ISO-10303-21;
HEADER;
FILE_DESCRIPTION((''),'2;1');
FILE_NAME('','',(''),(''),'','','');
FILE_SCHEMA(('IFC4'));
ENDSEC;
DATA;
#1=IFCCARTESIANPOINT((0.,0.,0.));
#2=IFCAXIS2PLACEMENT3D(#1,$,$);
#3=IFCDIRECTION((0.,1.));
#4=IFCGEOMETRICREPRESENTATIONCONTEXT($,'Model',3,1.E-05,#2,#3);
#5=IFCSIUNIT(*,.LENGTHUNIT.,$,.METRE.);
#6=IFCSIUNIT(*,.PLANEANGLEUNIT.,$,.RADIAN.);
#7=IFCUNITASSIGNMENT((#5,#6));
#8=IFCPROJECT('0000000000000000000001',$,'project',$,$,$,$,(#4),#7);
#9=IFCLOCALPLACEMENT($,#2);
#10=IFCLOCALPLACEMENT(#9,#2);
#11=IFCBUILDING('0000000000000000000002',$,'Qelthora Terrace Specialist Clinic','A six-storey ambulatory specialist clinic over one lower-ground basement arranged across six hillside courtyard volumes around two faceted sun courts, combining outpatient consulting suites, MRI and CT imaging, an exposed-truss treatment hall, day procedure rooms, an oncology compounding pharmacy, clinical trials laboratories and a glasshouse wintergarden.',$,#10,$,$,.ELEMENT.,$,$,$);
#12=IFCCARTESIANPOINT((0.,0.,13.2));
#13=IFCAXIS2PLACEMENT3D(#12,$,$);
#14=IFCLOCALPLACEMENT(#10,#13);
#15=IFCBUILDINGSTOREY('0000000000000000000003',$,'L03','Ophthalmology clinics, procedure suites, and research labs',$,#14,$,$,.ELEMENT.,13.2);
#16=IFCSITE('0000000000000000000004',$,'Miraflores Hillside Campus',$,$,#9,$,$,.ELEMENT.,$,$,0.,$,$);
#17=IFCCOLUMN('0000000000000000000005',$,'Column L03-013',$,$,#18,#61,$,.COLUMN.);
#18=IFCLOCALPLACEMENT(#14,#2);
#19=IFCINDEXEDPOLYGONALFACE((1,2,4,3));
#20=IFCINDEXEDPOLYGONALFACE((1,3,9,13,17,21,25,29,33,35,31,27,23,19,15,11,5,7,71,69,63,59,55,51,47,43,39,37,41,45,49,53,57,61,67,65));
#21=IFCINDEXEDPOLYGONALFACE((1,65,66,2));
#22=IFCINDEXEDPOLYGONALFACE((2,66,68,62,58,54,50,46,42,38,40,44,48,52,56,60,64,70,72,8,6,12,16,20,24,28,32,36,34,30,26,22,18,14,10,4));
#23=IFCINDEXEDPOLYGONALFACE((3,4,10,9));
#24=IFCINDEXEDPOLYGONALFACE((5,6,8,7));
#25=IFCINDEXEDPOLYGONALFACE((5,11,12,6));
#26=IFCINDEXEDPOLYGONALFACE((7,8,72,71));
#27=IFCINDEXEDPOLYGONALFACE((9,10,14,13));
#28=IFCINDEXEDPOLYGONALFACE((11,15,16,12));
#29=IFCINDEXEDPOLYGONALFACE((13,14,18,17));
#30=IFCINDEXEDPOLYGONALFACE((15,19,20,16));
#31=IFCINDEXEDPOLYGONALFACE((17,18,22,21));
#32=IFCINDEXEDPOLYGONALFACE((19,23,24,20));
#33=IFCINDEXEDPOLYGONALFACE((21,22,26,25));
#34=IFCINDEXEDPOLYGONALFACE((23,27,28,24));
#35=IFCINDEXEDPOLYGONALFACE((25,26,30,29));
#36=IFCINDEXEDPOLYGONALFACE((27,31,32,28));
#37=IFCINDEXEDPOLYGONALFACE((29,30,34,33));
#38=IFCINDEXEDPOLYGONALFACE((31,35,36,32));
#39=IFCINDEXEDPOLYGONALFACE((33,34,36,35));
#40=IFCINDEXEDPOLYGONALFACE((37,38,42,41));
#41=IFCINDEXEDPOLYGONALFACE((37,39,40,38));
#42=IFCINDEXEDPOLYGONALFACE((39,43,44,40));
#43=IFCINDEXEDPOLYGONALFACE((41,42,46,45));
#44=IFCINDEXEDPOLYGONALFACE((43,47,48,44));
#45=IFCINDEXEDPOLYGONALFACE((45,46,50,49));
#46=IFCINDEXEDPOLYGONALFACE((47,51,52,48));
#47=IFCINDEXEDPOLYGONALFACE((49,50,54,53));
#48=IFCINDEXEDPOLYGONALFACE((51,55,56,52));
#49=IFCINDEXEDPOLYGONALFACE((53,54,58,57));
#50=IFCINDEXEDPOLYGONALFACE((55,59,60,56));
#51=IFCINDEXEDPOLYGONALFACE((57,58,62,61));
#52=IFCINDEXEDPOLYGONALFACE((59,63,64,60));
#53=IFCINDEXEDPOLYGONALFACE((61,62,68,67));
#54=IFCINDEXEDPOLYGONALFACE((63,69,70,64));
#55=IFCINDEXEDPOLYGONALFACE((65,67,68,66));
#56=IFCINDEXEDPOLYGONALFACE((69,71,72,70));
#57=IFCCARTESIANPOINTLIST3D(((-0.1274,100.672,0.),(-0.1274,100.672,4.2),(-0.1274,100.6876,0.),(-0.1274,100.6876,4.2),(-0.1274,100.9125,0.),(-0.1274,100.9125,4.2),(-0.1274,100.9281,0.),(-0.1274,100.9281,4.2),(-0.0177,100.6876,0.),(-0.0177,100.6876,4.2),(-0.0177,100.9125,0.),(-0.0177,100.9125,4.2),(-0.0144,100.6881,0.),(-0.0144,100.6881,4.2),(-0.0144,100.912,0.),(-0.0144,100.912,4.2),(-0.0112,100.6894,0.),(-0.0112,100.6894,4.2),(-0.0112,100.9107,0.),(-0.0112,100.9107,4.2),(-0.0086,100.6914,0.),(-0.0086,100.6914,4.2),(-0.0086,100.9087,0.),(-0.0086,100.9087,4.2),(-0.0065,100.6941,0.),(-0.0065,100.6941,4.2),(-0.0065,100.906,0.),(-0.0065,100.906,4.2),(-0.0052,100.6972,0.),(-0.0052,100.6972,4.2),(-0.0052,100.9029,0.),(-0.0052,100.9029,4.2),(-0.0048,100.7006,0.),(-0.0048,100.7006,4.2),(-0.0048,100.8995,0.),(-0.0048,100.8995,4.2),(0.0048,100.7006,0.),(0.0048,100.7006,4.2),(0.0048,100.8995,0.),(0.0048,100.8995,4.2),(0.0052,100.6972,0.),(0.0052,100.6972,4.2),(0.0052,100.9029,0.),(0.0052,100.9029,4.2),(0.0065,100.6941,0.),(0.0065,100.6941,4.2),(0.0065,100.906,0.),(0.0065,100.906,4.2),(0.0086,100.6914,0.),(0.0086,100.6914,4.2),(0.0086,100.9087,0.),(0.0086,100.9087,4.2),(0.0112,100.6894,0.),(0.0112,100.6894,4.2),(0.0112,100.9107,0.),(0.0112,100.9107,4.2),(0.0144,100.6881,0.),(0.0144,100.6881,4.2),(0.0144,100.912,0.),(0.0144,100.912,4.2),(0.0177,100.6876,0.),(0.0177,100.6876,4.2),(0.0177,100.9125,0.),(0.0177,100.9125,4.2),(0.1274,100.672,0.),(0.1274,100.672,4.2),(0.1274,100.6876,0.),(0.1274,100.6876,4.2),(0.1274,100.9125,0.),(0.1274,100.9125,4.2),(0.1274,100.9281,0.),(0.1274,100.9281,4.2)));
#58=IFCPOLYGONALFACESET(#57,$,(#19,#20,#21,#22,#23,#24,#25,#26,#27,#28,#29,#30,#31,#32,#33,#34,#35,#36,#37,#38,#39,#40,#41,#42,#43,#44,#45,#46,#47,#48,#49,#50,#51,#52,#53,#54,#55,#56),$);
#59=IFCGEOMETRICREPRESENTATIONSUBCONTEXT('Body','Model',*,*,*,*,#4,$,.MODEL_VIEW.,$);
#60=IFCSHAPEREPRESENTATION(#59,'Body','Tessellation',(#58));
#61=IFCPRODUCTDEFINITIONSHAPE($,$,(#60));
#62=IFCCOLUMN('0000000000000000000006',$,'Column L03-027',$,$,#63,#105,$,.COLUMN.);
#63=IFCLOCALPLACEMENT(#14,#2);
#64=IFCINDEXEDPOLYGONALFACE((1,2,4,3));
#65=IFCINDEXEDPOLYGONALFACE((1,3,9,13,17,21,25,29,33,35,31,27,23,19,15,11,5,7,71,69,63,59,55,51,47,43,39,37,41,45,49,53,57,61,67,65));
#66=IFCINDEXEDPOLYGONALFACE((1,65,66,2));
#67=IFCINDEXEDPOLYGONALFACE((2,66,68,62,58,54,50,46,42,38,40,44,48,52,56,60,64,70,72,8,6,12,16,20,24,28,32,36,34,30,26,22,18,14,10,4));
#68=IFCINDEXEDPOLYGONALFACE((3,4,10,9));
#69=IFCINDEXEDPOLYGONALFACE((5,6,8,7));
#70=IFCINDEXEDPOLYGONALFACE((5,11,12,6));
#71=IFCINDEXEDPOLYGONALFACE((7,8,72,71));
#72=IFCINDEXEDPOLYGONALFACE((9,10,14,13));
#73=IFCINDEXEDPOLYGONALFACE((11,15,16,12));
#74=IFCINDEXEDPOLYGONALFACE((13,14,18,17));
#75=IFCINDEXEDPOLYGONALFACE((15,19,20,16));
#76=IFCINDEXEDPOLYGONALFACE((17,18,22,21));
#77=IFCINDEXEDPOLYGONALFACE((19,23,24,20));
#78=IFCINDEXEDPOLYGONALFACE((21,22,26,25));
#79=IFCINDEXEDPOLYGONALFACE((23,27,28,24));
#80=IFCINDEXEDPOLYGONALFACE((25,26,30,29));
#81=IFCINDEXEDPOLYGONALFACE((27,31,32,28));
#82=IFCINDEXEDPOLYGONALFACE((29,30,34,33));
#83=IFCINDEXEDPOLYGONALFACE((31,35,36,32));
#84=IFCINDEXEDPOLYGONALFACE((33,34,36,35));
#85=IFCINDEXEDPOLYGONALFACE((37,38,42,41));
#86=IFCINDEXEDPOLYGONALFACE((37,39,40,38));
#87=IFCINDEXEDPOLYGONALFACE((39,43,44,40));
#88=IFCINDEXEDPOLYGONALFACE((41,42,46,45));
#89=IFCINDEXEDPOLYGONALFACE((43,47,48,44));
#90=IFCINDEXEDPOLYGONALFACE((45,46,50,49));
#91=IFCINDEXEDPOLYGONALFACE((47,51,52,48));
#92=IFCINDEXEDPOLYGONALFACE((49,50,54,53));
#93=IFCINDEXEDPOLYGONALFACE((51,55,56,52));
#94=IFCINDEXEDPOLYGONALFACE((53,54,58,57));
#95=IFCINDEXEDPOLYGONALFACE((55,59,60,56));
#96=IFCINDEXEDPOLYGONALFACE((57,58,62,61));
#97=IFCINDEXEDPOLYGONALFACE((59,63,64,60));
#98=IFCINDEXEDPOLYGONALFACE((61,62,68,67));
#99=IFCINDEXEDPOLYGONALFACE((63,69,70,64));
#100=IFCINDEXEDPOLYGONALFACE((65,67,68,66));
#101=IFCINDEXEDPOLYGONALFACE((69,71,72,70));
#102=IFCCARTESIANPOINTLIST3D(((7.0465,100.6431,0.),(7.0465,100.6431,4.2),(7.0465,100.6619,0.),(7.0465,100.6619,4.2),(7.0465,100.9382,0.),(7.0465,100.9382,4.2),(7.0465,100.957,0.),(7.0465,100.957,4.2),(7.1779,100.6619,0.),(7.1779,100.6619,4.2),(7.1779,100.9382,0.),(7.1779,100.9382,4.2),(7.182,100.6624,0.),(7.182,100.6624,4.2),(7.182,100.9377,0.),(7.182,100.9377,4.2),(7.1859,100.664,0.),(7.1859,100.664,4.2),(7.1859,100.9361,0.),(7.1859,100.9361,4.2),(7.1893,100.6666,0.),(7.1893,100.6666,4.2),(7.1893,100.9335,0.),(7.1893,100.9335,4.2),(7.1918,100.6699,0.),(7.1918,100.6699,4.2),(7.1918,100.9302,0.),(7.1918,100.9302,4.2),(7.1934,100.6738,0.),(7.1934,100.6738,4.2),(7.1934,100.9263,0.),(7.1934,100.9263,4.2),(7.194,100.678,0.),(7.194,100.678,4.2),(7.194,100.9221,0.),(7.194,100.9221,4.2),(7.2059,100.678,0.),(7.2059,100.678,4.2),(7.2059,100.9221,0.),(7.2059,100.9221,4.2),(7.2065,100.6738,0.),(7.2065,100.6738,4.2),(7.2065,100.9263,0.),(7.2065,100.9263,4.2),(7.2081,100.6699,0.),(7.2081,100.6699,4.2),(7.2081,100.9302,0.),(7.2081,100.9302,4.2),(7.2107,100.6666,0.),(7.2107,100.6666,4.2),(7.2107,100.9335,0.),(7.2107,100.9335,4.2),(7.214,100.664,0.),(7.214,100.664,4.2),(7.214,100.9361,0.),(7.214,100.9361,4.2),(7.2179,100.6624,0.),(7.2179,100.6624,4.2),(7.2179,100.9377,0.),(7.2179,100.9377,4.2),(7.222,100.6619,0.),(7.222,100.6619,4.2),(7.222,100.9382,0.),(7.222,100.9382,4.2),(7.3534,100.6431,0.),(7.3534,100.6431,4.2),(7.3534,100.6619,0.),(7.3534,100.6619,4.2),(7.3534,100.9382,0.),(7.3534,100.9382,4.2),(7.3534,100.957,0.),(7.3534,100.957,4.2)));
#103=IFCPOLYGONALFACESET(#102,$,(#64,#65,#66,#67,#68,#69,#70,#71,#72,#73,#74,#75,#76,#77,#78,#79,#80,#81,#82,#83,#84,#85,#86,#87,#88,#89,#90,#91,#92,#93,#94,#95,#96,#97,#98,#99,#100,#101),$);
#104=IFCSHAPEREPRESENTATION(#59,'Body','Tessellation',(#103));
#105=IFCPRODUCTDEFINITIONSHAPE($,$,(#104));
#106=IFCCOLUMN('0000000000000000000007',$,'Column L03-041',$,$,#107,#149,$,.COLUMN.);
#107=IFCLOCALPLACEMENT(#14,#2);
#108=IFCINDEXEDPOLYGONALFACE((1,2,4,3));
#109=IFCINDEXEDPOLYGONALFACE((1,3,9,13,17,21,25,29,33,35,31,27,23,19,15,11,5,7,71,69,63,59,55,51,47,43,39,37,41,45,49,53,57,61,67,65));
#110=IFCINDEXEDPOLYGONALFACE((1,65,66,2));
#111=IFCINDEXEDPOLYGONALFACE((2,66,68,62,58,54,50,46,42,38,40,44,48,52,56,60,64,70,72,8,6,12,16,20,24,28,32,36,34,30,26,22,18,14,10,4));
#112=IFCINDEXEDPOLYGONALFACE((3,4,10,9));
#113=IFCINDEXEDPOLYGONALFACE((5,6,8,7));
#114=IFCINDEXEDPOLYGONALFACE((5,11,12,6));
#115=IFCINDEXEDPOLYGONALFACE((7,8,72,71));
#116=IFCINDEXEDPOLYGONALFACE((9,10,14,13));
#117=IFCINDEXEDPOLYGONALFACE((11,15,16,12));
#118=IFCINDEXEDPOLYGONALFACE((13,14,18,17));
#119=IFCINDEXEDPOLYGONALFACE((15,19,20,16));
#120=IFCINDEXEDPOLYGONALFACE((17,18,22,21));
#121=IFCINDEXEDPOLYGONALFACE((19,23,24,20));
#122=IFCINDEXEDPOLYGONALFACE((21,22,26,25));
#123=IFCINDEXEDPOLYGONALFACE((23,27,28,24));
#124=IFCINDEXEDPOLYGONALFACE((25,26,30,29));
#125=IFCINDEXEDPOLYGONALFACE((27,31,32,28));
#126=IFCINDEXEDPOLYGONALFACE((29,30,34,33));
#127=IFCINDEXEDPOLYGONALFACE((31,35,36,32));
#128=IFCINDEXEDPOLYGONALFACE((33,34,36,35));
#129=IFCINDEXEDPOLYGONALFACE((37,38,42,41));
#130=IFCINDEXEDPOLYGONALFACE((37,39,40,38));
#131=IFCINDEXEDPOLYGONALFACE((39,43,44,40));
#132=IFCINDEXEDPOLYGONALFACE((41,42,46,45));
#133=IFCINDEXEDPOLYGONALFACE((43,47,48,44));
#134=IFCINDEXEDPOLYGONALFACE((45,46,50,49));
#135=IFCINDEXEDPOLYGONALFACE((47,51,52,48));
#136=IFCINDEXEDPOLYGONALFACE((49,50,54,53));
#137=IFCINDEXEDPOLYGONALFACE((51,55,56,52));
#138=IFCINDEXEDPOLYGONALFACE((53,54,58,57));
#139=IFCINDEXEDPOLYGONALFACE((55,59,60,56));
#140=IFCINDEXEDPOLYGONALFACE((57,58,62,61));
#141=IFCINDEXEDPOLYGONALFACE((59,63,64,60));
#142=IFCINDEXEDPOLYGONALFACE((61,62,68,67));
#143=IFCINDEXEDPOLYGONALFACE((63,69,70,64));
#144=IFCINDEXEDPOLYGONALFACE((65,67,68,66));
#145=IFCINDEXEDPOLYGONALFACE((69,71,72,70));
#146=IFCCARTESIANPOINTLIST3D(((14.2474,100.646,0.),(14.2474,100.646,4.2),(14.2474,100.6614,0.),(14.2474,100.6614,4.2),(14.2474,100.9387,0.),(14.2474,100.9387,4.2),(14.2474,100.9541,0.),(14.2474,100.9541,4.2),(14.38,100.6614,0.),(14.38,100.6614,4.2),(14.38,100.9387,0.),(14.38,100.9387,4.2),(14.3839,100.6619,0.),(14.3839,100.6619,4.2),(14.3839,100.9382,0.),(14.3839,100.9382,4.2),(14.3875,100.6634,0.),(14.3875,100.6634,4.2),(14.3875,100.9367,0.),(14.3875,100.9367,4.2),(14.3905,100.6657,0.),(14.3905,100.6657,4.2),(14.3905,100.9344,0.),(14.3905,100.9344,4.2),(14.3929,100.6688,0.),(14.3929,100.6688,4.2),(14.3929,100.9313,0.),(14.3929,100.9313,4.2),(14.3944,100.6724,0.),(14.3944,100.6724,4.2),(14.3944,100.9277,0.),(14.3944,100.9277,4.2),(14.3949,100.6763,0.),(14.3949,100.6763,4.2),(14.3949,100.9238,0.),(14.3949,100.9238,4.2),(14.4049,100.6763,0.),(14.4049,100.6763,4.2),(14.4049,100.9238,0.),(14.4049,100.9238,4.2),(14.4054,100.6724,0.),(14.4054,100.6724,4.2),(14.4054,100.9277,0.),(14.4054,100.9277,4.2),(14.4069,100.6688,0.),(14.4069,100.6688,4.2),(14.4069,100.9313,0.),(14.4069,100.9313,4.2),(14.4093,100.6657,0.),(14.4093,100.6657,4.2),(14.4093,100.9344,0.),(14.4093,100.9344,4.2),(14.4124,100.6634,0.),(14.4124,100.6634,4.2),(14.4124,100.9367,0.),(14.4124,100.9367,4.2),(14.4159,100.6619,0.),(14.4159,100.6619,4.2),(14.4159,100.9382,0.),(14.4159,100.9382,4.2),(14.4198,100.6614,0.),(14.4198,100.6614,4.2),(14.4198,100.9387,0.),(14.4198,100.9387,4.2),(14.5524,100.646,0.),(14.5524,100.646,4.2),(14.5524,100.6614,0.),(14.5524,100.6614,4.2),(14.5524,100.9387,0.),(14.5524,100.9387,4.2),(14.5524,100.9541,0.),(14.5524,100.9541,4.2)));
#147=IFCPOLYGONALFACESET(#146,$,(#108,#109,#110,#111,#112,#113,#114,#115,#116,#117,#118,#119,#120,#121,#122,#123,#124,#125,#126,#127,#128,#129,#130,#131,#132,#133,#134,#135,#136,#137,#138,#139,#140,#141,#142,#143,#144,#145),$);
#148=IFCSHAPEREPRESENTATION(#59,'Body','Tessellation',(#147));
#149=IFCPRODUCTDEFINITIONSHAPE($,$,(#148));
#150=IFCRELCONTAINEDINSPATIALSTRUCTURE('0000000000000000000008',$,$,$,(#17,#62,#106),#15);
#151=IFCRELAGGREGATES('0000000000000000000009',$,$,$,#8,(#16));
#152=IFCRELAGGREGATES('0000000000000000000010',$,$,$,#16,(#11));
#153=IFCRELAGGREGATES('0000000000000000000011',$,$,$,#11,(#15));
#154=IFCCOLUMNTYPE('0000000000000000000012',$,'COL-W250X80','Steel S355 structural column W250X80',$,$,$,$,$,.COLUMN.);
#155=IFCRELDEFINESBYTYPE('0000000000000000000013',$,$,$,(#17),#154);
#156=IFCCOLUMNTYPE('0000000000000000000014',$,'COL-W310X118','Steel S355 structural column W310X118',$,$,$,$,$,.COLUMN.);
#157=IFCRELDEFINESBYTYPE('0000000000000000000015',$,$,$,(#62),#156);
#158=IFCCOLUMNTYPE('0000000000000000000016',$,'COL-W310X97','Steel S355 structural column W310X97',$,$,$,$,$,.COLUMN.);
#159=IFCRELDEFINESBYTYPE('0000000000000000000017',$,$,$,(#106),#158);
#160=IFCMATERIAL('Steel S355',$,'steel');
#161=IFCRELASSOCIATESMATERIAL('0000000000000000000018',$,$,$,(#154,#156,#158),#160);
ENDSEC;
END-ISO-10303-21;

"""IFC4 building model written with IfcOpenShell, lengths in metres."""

from ifc_helpers import new_model, si_unit, direction, frame, origin, origin_2d, place, context, subcontext, project, spatial, i_section, extrude, material, material_profile, profile_set, type_object, element, save


model = new_model("IFC4")

# Units and contexts
model_context = context("Model", 3, precision=1e-05, world=origin(), true_north=direction((0.0, 1.0)))
body_context = subcontext(model_context, "Body", "Model", "MODEL_VIEW")
ifc_project = project(units=[si_unit("LENGTHUNIT", "METRE"), si_unit("PLANEANGLEUNIT", "RADIAN")], contexts=[model_context])

# Site, building, storey
site_placement = place(None, origin())
site = spatial("IfcSite", under=ifc_project, at=site_placement, Name="Miraflores Hillside Campus", CompositionType="ELEMENT", RefElevation=0.0)
building_placement = place(site_placement, origin())
building = spatial("IfcBuilding", under=site, at=building_placement, Name="Qelthora Terrace Specialist Clinic", Description="A six-storey ambulatory specialist clinic over one lower-ground basement arranged across six hillside courtyard volumes around two faceted sun courts, combining outpatient consulting suites, MRI and CT imaging, an exposed-truss treatment hall, day procedure rooms, an oncology compounding pharmacy, clinical trials laboratories and a glasshouse wintergarden.", CompositionType="ELEMENT")
storey_placement = place(building_placement, frame((0.0, 0.0, 13.2)))
storey = spatial("IfcBuildingStorey", under=building, at=storey_placement, Name="L03", Description="Ophthalmology clinics, procedure suites, and research labs", CompositionType="ELEMENT", Elevation=13.2)

# Columns
ifc_material_1 = material(Name="Steel S355", Category="steel")
ifc_material_profile_1 = material_profile(ifc_material_1, i_section(OverallWidth=0.2549, OverallDepth=0.2561, WebThickness=0.0095, FlangeThickness=0.0156, FilletRadius=0.0129, at=origin_2d()), Name="W250X80")
ifc_profile_set_1 = profile_set([ifc_material_profile_1], Name="Steel S355")
column_type_1 = type_object("IfcColumnType", Name="COL-W250X80", Description="Steel S355 structural column W250X80", PredefinedType="COLUMN", material=ifc_profile_set_1)
column_1_placement = place(storey_placement, frame((0.0, 100.8, 0.0), z_axis=(0.0, 0.0, 1.0), x_axis=(1.0, 0.0, 0.0)))
element("IfcColumn", 1, at=column_1_placement, inside=storey, type_object=column_type_1, Name="Column L03-013", PredefinedType="COLUMN", context=body_context, shape_type="SweptSolid", body=[
    extrude(i_section(OverallWidth=0.2549, OverallDepth=0.2561, WebThickness=0.0095, FlangeThickness=0.0156, FilletRadius=0.0129, at=origin_2d()), origin(), (0.0, 0.0, 1.0), 4.2),
])
ifc_material_profile_2 = material_profile(ifc_material_1, i_section(OverallWidth=0.3069, OverallDepth=0.314, WebThickness=0.012, FlangeThickness=0.0188, FilletRadius=0.0161, at=origin_2d()), Name="W310X118")
ifc_profile_set_2 = profile_set([ifc_material_profile_2], Name="Steel S355")
column_type_2 = type_object("IfcColumnType", Name="COL-W310X118", Description="Steel S355 structural column W310X118", PredefinedType="COLUMN", material=ifc_profile_set_2)
column_2_placement = place(storey_placement, frame((7.2, 100.8, 0.0), z_axis=(0.0, 0.0, 1.0), x_axis=(1.0, 0.0, 0.0)))
element("IfcColumn", 2, at=column_2_placement, inside=storey, type_object=column_type_2, Name="Column L03-027", PredefinedType="COLUMN", context=body_context, shape_type="SweptSolid", body=[
    extrude(i_section(OverallWidth=0.3069, OverallDepth=0.314, WebThickness=0.012, FlangeThickness=0.0188, FilletRadius=0.0161, at=origin_2d()), origin(), (0.0, 0.0, 1.0), 4.2),
])
ifc_material_profile_3 = material_profile(ifc_material_1, i_section(OverallWidth=0.3049, OverallDepth=0.3081, WebThickness=0.01, FlangeThickness=0.0154, FilletRadius=0.0149, at=origin_2d()), Name="W310X97")
ifc_profile_set_3 = profile_set([ifc_material_profile_3], Name="Steel S355")
column_type_3 = type_object("IfcColumnType", Name="COL-W310X97", Description="Steel S355 structural column W310X97", PredefinedType="COLUMN", material=ifc_profile_set_3)
column_3_placement = place(storey_placement, frame((14.3999, 100.8, 0.0), z_axis=(0.0, 0.0, 1.0), x_axis=(1.0, 0.0, 0.0)))
element("IfcColumn", 3, at=column_3_placement, inside=storey, type_object=column_type_3, Name="Column L03-041", PredefinedType="COLUMN", context=body_context, shape_type="SweptSolid", body=[
    extrude(i_section(OverallWidth=0.3049, OverallDepth=0.3081, WebThickness=0.01, FlangeThickness=0.0154, FilletRadius=0.0149, at=origin_2d()), origin(), (0.0, 0.0, 1.0), 4.2),
])

save(model, "model.ifc")
